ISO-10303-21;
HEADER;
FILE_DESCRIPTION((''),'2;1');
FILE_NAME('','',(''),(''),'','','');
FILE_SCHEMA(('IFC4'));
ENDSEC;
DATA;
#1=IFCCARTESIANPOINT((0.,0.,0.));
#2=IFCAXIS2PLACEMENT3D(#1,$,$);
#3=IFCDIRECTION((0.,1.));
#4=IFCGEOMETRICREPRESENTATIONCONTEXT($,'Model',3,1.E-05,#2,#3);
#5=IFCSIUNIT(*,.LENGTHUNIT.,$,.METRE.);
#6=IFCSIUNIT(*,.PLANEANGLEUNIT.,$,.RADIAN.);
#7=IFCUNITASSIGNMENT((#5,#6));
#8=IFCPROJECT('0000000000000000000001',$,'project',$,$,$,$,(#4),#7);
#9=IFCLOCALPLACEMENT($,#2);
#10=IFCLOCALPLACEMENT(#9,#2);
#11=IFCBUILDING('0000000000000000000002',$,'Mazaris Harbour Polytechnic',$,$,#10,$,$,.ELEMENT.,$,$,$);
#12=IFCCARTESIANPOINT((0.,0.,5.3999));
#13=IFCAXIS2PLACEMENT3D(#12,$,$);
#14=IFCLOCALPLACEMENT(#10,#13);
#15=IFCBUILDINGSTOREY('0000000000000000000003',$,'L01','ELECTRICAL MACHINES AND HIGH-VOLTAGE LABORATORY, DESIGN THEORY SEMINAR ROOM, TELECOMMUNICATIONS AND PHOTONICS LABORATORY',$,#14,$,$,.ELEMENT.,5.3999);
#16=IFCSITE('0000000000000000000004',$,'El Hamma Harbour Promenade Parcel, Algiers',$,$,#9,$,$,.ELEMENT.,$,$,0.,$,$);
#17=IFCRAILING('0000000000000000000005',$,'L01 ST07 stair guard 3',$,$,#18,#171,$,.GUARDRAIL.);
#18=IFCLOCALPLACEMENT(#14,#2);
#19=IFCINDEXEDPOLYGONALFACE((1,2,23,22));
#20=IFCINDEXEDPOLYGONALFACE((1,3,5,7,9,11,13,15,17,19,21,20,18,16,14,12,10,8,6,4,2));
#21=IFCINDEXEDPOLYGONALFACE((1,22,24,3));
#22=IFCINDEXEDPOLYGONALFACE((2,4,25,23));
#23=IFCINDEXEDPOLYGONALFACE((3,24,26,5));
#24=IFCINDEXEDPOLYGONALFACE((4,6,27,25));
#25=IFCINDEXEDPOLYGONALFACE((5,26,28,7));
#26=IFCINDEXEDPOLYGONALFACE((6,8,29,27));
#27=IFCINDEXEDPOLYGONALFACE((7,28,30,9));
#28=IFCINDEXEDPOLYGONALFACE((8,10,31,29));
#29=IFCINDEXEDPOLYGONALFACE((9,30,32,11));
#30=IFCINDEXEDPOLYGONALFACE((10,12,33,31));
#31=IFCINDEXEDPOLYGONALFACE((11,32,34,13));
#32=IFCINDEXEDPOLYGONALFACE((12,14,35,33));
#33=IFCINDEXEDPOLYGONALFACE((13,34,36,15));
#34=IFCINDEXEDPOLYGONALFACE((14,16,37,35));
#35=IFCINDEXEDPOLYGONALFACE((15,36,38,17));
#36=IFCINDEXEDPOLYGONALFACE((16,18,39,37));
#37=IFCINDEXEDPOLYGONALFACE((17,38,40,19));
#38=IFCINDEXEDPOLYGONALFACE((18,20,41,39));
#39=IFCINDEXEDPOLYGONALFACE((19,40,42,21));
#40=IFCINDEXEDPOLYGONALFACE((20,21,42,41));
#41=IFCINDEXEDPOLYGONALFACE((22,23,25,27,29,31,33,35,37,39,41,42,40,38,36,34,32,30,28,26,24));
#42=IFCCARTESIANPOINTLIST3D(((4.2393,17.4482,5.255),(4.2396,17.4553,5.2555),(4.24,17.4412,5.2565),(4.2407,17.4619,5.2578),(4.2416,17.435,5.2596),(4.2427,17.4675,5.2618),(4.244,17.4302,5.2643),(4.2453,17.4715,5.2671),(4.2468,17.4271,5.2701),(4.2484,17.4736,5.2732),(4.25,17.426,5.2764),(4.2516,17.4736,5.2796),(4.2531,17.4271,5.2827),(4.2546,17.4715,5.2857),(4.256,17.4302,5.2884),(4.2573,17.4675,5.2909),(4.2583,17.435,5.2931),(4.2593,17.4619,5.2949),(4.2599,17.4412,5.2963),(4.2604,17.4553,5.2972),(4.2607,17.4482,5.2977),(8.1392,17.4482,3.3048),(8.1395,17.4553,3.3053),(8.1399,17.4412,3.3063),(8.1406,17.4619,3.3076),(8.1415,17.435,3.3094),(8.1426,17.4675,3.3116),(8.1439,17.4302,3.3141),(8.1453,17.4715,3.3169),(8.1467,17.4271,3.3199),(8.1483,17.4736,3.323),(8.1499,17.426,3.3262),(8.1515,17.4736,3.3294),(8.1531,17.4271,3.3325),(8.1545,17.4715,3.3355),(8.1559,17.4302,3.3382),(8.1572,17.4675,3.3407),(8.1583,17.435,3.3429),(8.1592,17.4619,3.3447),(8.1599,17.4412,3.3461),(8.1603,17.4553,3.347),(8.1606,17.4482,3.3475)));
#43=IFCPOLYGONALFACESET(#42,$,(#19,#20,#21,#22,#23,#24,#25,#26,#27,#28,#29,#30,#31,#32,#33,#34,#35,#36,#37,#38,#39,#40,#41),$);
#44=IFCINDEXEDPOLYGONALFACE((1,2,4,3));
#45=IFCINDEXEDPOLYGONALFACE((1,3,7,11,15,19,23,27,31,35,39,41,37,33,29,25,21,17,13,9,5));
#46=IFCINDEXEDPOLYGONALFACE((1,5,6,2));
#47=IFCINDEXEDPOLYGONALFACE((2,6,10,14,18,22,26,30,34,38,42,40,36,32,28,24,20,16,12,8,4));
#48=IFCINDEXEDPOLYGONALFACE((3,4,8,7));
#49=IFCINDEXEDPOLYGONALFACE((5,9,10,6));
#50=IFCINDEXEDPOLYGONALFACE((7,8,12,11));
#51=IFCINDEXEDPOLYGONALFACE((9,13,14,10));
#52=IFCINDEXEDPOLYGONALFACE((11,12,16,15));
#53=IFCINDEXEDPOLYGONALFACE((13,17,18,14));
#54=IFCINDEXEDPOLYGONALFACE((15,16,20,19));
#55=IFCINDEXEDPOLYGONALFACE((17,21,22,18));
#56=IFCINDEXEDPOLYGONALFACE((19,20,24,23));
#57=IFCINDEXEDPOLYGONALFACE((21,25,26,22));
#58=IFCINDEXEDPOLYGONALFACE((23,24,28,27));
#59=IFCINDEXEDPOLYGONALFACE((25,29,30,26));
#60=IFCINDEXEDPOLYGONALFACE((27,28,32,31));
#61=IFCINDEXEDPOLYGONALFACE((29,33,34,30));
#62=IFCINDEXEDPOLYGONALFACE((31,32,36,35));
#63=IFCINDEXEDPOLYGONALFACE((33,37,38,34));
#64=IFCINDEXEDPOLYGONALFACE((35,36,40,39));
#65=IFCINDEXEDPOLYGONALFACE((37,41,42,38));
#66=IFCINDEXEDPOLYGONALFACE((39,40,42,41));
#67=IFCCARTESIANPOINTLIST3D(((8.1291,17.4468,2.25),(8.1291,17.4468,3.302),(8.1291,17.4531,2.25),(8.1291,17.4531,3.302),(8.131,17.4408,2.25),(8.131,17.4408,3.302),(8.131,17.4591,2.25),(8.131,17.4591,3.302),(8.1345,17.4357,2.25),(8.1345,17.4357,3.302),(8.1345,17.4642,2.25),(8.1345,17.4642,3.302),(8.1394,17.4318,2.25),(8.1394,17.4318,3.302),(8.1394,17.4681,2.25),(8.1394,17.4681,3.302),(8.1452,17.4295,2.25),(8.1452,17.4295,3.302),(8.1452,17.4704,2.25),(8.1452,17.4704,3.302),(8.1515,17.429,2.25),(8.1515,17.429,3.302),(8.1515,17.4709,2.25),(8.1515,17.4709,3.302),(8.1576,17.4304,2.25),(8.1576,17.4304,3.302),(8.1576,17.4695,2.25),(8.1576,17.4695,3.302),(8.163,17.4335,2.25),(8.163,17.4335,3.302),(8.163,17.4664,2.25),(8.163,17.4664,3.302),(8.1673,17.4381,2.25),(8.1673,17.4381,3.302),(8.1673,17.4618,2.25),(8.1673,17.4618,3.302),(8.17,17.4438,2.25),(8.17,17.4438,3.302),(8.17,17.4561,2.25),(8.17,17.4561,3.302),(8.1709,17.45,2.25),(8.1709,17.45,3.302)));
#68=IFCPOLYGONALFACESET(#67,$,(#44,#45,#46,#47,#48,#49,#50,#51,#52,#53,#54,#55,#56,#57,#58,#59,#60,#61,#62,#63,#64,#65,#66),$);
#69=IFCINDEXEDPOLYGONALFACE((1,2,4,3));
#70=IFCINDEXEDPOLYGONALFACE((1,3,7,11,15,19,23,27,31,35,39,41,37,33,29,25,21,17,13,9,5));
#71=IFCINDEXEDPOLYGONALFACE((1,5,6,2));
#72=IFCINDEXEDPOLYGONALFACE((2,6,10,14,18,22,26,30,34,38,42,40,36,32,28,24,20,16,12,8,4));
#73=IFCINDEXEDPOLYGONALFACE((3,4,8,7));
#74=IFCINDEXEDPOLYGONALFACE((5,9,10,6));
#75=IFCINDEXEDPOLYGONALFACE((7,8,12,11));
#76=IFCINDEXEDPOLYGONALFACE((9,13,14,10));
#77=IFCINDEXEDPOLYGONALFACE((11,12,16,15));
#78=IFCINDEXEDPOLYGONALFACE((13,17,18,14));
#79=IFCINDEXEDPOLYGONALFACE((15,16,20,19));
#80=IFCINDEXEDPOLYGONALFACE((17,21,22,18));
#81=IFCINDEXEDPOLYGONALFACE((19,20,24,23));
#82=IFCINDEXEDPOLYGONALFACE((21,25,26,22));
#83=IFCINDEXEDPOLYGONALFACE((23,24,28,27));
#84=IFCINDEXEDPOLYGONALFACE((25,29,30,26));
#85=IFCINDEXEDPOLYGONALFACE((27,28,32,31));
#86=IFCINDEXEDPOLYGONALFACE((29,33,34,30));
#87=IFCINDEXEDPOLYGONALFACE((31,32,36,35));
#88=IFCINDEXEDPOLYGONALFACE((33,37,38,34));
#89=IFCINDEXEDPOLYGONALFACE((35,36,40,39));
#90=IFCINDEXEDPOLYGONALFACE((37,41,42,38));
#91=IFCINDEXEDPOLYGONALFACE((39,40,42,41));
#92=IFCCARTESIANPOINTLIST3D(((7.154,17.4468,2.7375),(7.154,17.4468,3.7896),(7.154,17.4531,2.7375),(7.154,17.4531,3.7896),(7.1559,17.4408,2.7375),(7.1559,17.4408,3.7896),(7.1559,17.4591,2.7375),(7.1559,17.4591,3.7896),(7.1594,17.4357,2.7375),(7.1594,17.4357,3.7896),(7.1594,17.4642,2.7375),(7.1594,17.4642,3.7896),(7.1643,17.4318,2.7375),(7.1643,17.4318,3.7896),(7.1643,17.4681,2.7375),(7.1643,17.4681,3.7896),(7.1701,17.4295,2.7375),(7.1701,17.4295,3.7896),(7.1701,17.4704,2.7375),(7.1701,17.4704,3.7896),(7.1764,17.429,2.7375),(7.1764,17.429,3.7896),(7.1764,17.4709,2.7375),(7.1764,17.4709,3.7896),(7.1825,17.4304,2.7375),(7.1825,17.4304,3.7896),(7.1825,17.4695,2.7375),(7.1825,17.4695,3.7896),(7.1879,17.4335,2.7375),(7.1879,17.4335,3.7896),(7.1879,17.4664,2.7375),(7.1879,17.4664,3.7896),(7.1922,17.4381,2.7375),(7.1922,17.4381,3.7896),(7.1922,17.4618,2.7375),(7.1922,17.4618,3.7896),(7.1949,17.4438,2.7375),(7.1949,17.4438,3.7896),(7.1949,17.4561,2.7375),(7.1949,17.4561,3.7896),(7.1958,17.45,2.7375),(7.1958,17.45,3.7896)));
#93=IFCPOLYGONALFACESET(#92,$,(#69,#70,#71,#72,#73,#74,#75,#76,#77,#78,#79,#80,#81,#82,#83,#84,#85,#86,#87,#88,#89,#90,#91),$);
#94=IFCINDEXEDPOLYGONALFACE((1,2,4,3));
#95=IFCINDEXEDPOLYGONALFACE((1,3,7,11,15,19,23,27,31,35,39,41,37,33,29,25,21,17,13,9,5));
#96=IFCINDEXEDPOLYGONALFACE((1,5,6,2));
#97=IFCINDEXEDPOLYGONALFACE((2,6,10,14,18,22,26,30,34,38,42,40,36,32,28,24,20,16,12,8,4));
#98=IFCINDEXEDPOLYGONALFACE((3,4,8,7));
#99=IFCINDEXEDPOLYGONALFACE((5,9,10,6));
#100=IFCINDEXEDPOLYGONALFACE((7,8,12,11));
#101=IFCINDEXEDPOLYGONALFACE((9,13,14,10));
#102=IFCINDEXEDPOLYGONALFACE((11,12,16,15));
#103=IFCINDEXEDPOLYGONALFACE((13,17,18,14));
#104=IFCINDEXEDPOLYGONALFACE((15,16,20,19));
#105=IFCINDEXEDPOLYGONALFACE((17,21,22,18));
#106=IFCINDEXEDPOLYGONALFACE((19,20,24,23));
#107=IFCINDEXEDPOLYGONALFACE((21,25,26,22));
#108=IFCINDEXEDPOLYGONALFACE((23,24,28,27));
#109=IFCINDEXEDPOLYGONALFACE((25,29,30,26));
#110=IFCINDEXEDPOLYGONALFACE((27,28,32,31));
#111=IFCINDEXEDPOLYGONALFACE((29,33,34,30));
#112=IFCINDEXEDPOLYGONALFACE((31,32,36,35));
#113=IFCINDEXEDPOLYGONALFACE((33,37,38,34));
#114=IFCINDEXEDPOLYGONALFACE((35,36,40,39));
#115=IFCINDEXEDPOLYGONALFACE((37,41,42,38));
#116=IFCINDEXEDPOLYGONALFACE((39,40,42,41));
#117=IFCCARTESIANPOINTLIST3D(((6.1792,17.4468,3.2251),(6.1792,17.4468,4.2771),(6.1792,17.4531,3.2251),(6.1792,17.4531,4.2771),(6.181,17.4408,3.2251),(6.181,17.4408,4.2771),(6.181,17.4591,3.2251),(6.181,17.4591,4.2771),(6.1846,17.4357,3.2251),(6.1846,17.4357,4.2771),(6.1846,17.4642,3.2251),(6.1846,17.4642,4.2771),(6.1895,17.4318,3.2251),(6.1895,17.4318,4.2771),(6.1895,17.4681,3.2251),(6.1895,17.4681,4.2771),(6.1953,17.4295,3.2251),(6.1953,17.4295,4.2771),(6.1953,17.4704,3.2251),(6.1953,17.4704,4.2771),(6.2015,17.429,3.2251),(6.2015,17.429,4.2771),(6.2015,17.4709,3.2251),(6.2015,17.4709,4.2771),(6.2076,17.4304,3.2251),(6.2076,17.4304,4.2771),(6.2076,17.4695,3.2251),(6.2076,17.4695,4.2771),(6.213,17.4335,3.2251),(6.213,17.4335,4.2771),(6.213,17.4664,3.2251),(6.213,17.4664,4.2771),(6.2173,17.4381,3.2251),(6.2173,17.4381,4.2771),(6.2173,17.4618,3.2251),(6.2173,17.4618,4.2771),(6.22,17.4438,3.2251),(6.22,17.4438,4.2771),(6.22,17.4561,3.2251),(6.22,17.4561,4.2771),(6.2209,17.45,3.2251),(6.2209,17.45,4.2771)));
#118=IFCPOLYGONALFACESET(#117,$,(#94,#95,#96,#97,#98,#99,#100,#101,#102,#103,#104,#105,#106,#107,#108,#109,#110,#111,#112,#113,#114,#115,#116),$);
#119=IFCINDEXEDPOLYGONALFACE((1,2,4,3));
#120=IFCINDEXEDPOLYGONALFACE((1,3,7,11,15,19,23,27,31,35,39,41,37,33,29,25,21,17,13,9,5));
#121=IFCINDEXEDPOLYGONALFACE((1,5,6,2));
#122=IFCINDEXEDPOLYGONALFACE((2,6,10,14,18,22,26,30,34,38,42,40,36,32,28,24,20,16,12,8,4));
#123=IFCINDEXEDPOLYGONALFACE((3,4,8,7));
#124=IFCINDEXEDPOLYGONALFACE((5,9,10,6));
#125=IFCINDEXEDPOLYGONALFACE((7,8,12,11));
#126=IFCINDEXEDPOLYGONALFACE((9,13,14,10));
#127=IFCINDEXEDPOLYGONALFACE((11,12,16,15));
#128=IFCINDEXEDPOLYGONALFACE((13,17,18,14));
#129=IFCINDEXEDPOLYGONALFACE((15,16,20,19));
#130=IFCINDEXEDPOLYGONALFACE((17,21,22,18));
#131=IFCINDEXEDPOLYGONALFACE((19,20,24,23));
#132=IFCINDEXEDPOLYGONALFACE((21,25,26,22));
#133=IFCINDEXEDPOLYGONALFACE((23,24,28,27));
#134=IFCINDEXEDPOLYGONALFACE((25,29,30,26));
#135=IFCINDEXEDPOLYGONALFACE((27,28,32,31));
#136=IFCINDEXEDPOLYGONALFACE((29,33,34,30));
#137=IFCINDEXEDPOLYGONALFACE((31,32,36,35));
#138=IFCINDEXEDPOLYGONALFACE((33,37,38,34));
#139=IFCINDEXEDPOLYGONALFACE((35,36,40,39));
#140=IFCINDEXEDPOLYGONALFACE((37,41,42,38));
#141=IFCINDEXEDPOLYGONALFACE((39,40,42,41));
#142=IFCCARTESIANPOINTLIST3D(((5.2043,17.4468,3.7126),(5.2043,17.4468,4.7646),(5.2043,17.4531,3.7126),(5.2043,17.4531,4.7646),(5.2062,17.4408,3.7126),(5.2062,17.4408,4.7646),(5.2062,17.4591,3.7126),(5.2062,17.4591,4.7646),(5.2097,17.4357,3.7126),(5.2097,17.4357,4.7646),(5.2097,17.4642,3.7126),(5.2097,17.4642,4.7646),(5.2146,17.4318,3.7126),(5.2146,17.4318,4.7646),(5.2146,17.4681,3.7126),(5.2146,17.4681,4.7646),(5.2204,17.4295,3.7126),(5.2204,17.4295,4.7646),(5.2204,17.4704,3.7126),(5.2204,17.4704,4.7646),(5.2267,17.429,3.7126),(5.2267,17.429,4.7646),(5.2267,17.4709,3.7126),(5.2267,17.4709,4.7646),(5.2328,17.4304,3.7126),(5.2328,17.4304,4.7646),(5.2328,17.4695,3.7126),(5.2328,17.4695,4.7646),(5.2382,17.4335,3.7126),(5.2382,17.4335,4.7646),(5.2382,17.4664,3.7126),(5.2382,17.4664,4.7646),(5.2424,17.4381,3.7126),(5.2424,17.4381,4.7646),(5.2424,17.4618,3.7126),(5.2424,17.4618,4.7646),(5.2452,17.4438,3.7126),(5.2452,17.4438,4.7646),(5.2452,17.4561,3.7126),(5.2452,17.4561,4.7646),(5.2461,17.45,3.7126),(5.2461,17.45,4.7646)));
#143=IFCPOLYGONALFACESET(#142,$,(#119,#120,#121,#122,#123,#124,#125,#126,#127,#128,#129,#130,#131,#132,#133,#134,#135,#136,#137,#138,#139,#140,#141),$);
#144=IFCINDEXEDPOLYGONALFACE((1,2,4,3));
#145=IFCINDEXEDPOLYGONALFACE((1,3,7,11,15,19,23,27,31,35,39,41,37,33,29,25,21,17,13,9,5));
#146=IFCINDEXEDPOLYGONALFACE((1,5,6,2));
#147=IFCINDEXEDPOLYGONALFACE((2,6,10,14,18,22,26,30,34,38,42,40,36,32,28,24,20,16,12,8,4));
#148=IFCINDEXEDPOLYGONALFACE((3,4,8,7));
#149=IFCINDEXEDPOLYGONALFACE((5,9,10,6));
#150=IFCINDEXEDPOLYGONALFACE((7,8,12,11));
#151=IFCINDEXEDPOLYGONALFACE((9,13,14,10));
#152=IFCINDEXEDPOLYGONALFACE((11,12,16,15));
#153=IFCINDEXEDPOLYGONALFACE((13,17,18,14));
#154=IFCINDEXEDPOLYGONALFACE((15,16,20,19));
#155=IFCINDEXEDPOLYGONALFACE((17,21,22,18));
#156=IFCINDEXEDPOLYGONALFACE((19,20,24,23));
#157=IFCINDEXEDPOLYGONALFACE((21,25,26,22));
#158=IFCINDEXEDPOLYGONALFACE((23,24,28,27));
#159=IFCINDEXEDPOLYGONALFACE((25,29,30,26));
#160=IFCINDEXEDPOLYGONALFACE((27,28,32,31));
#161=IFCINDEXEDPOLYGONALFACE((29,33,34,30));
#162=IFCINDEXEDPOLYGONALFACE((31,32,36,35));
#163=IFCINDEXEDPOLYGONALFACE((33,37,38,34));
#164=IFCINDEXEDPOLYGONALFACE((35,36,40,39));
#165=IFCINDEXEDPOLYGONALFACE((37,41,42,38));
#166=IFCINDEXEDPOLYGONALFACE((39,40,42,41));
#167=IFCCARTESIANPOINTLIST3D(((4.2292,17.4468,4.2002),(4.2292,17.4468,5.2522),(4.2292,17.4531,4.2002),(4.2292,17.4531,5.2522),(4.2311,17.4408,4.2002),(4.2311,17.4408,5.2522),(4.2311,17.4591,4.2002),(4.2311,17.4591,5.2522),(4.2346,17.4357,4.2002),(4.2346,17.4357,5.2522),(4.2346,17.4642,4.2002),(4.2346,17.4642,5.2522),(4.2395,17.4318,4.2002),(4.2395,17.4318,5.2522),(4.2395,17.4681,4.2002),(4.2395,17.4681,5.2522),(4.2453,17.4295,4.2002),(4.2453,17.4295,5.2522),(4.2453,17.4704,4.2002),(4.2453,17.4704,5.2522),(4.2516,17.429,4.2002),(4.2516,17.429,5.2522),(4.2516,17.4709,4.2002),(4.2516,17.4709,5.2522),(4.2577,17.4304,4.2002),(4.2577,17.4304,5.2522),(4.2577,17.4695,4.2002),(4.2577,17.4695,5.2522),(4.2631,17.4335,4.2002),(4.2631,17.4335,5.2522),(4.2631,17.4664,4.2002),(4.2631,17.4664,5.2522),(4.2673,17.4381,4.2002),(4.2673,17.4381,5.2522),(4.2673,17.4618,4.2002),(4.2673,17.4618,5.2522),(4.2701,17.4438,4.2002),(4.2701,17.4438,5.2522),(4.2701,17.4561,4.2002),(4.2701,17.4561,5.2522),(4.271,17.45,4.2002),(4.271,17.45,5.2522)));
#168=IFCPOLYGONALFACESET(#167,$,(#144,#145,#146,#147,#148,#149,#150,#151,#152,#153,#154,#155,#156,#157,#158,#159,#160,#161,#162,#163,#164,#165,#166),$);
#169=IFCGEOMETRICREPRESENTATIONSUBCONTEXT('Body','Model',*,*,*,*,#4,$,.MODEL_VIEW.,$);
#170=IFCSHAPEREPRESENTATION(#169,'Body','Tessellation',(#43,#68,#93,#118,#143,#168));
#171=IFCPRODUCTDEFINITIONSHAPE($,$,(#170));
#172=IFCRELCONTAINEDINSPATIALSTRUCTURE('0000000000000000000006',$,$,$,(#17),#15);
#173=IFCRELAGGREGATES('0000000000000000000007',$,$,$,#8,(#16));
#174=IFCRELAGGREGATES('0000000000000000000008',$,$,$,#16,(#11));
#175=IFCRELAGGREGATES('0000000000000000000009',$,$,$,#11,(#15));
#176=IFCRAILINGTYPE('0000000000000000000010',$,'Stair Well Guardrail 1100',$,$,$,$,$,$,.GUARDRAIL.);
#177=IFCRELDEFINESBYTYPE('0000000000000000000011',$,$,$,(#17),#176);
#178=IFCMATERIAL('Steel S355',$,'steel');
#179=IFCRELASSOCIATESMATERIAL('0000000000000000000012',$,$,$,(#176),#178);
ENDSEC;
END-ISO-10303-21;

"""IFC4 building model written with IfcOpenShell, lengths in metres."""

from ifc_helpers import new_model, si_unit, direction, frame, origin, origin_2d, place, context, subcontext, project, spatial, circle, extrude, material, type_object, element, save


model = new_model("IFC4")

# Units and contexts
model_context = context("Model", 3, precision=1e-05, world=origin(), true_north=direction((0.0, 1.0)))
body_context = subcontext(model_context, "Body", "Model", "MODEL_VIEW")
ifc_project = project(units=[si_unit("LENGTHUNIT", "METRE"), si_unit("PLANEANGLEUNIT", "RADIAN")], contexts=[model_context])

# Site, building, storey
site_placement = place(None, origin())
site = spatial("IfcSite", under=ifc_project, at=site_placement, Name="El Hamma Harbour Promenade Parcel, Algiers", CompositionType="ELEMENT", RefElevation=0.0)
building_placement = place(site_placement, origin())
building = spatial("IfcBuilding", under=site, at=building_placement, Name="Mazaris Harbour Polytechnic", CompositionType="ELEMENT")
storey_placement = place(building_placement, frame((0.0, 0.0, 5.3999)))
storey = spatial("IfcBuildingStorey", under=building, at=storey_placement, Name="L01", Description="ELECTRICAL MACHINES AND HIGH-VOLTAGE LABORATORY, DESIGN THEORY SEMINAR ROOM, TELECOMMUNICATIONS AND PHOTONICS LABORATORY", CompositionType="ELEMENT", Elevation=5.3999)

# Railing
ifc_material_1 = material(Name="Steel S355", Category="steel")
railing_type_1 = type_object("IfcRailingType", Name="Stair Well Guardrail 1100", PredefinedType="GUARDRAIL", material=ifc_material_1)
railing_1_placement = place(storey_placement, frame((8.1499, 17.45, 2.25)))
element("IfcRailing", 1, at=railing_1_placement, inside=storey, type_object=railing_type_1, Name="L01 ST07 stair guard 3", PredefinedType="GUARDRAIL", context=body_context, shape_type="SweptSolid", body=[
    extrude(circle(Radius=0.0239, at=origin_2d()), frame((0.0, 0.0, 1.0762), z_axis=(-0.894405, 0.0, 0.447258), x_axis=(0.0, -1.0, 0.0)), (0.0, 0.0, 1.0), 4.3604),
    extrude(circle(Radius=0.021, at=origin_2d()), origin(), (0.0, 0.0, 1.0), 1.052),
    extrude(circle(Radius=0.021, at=origin_2d()), frame((-0.9751, 0.0, 0.4875)), (0.0, 0.0, 1.0), 1.052),
    extrude(circle(Radius=0.021, at=origin_2d()), frame((-1.95, 0.0, 0.9751)), (0.0, 0.0, 1.0), 1.052),
    extrude(circle(Radius=0.021, at=origin_2d()), frame((-2.9248, 0.0, 1.4626)), (0.0, 0.0, 1.0), 1.052),
    extrude(circle(Radius=0.021, at=origin_2d()), frame((-3.8999, 0.0, 1.9502)), (0.0, 0.0, 1.0), 1.052),
])

save(model, "model.ifc")
